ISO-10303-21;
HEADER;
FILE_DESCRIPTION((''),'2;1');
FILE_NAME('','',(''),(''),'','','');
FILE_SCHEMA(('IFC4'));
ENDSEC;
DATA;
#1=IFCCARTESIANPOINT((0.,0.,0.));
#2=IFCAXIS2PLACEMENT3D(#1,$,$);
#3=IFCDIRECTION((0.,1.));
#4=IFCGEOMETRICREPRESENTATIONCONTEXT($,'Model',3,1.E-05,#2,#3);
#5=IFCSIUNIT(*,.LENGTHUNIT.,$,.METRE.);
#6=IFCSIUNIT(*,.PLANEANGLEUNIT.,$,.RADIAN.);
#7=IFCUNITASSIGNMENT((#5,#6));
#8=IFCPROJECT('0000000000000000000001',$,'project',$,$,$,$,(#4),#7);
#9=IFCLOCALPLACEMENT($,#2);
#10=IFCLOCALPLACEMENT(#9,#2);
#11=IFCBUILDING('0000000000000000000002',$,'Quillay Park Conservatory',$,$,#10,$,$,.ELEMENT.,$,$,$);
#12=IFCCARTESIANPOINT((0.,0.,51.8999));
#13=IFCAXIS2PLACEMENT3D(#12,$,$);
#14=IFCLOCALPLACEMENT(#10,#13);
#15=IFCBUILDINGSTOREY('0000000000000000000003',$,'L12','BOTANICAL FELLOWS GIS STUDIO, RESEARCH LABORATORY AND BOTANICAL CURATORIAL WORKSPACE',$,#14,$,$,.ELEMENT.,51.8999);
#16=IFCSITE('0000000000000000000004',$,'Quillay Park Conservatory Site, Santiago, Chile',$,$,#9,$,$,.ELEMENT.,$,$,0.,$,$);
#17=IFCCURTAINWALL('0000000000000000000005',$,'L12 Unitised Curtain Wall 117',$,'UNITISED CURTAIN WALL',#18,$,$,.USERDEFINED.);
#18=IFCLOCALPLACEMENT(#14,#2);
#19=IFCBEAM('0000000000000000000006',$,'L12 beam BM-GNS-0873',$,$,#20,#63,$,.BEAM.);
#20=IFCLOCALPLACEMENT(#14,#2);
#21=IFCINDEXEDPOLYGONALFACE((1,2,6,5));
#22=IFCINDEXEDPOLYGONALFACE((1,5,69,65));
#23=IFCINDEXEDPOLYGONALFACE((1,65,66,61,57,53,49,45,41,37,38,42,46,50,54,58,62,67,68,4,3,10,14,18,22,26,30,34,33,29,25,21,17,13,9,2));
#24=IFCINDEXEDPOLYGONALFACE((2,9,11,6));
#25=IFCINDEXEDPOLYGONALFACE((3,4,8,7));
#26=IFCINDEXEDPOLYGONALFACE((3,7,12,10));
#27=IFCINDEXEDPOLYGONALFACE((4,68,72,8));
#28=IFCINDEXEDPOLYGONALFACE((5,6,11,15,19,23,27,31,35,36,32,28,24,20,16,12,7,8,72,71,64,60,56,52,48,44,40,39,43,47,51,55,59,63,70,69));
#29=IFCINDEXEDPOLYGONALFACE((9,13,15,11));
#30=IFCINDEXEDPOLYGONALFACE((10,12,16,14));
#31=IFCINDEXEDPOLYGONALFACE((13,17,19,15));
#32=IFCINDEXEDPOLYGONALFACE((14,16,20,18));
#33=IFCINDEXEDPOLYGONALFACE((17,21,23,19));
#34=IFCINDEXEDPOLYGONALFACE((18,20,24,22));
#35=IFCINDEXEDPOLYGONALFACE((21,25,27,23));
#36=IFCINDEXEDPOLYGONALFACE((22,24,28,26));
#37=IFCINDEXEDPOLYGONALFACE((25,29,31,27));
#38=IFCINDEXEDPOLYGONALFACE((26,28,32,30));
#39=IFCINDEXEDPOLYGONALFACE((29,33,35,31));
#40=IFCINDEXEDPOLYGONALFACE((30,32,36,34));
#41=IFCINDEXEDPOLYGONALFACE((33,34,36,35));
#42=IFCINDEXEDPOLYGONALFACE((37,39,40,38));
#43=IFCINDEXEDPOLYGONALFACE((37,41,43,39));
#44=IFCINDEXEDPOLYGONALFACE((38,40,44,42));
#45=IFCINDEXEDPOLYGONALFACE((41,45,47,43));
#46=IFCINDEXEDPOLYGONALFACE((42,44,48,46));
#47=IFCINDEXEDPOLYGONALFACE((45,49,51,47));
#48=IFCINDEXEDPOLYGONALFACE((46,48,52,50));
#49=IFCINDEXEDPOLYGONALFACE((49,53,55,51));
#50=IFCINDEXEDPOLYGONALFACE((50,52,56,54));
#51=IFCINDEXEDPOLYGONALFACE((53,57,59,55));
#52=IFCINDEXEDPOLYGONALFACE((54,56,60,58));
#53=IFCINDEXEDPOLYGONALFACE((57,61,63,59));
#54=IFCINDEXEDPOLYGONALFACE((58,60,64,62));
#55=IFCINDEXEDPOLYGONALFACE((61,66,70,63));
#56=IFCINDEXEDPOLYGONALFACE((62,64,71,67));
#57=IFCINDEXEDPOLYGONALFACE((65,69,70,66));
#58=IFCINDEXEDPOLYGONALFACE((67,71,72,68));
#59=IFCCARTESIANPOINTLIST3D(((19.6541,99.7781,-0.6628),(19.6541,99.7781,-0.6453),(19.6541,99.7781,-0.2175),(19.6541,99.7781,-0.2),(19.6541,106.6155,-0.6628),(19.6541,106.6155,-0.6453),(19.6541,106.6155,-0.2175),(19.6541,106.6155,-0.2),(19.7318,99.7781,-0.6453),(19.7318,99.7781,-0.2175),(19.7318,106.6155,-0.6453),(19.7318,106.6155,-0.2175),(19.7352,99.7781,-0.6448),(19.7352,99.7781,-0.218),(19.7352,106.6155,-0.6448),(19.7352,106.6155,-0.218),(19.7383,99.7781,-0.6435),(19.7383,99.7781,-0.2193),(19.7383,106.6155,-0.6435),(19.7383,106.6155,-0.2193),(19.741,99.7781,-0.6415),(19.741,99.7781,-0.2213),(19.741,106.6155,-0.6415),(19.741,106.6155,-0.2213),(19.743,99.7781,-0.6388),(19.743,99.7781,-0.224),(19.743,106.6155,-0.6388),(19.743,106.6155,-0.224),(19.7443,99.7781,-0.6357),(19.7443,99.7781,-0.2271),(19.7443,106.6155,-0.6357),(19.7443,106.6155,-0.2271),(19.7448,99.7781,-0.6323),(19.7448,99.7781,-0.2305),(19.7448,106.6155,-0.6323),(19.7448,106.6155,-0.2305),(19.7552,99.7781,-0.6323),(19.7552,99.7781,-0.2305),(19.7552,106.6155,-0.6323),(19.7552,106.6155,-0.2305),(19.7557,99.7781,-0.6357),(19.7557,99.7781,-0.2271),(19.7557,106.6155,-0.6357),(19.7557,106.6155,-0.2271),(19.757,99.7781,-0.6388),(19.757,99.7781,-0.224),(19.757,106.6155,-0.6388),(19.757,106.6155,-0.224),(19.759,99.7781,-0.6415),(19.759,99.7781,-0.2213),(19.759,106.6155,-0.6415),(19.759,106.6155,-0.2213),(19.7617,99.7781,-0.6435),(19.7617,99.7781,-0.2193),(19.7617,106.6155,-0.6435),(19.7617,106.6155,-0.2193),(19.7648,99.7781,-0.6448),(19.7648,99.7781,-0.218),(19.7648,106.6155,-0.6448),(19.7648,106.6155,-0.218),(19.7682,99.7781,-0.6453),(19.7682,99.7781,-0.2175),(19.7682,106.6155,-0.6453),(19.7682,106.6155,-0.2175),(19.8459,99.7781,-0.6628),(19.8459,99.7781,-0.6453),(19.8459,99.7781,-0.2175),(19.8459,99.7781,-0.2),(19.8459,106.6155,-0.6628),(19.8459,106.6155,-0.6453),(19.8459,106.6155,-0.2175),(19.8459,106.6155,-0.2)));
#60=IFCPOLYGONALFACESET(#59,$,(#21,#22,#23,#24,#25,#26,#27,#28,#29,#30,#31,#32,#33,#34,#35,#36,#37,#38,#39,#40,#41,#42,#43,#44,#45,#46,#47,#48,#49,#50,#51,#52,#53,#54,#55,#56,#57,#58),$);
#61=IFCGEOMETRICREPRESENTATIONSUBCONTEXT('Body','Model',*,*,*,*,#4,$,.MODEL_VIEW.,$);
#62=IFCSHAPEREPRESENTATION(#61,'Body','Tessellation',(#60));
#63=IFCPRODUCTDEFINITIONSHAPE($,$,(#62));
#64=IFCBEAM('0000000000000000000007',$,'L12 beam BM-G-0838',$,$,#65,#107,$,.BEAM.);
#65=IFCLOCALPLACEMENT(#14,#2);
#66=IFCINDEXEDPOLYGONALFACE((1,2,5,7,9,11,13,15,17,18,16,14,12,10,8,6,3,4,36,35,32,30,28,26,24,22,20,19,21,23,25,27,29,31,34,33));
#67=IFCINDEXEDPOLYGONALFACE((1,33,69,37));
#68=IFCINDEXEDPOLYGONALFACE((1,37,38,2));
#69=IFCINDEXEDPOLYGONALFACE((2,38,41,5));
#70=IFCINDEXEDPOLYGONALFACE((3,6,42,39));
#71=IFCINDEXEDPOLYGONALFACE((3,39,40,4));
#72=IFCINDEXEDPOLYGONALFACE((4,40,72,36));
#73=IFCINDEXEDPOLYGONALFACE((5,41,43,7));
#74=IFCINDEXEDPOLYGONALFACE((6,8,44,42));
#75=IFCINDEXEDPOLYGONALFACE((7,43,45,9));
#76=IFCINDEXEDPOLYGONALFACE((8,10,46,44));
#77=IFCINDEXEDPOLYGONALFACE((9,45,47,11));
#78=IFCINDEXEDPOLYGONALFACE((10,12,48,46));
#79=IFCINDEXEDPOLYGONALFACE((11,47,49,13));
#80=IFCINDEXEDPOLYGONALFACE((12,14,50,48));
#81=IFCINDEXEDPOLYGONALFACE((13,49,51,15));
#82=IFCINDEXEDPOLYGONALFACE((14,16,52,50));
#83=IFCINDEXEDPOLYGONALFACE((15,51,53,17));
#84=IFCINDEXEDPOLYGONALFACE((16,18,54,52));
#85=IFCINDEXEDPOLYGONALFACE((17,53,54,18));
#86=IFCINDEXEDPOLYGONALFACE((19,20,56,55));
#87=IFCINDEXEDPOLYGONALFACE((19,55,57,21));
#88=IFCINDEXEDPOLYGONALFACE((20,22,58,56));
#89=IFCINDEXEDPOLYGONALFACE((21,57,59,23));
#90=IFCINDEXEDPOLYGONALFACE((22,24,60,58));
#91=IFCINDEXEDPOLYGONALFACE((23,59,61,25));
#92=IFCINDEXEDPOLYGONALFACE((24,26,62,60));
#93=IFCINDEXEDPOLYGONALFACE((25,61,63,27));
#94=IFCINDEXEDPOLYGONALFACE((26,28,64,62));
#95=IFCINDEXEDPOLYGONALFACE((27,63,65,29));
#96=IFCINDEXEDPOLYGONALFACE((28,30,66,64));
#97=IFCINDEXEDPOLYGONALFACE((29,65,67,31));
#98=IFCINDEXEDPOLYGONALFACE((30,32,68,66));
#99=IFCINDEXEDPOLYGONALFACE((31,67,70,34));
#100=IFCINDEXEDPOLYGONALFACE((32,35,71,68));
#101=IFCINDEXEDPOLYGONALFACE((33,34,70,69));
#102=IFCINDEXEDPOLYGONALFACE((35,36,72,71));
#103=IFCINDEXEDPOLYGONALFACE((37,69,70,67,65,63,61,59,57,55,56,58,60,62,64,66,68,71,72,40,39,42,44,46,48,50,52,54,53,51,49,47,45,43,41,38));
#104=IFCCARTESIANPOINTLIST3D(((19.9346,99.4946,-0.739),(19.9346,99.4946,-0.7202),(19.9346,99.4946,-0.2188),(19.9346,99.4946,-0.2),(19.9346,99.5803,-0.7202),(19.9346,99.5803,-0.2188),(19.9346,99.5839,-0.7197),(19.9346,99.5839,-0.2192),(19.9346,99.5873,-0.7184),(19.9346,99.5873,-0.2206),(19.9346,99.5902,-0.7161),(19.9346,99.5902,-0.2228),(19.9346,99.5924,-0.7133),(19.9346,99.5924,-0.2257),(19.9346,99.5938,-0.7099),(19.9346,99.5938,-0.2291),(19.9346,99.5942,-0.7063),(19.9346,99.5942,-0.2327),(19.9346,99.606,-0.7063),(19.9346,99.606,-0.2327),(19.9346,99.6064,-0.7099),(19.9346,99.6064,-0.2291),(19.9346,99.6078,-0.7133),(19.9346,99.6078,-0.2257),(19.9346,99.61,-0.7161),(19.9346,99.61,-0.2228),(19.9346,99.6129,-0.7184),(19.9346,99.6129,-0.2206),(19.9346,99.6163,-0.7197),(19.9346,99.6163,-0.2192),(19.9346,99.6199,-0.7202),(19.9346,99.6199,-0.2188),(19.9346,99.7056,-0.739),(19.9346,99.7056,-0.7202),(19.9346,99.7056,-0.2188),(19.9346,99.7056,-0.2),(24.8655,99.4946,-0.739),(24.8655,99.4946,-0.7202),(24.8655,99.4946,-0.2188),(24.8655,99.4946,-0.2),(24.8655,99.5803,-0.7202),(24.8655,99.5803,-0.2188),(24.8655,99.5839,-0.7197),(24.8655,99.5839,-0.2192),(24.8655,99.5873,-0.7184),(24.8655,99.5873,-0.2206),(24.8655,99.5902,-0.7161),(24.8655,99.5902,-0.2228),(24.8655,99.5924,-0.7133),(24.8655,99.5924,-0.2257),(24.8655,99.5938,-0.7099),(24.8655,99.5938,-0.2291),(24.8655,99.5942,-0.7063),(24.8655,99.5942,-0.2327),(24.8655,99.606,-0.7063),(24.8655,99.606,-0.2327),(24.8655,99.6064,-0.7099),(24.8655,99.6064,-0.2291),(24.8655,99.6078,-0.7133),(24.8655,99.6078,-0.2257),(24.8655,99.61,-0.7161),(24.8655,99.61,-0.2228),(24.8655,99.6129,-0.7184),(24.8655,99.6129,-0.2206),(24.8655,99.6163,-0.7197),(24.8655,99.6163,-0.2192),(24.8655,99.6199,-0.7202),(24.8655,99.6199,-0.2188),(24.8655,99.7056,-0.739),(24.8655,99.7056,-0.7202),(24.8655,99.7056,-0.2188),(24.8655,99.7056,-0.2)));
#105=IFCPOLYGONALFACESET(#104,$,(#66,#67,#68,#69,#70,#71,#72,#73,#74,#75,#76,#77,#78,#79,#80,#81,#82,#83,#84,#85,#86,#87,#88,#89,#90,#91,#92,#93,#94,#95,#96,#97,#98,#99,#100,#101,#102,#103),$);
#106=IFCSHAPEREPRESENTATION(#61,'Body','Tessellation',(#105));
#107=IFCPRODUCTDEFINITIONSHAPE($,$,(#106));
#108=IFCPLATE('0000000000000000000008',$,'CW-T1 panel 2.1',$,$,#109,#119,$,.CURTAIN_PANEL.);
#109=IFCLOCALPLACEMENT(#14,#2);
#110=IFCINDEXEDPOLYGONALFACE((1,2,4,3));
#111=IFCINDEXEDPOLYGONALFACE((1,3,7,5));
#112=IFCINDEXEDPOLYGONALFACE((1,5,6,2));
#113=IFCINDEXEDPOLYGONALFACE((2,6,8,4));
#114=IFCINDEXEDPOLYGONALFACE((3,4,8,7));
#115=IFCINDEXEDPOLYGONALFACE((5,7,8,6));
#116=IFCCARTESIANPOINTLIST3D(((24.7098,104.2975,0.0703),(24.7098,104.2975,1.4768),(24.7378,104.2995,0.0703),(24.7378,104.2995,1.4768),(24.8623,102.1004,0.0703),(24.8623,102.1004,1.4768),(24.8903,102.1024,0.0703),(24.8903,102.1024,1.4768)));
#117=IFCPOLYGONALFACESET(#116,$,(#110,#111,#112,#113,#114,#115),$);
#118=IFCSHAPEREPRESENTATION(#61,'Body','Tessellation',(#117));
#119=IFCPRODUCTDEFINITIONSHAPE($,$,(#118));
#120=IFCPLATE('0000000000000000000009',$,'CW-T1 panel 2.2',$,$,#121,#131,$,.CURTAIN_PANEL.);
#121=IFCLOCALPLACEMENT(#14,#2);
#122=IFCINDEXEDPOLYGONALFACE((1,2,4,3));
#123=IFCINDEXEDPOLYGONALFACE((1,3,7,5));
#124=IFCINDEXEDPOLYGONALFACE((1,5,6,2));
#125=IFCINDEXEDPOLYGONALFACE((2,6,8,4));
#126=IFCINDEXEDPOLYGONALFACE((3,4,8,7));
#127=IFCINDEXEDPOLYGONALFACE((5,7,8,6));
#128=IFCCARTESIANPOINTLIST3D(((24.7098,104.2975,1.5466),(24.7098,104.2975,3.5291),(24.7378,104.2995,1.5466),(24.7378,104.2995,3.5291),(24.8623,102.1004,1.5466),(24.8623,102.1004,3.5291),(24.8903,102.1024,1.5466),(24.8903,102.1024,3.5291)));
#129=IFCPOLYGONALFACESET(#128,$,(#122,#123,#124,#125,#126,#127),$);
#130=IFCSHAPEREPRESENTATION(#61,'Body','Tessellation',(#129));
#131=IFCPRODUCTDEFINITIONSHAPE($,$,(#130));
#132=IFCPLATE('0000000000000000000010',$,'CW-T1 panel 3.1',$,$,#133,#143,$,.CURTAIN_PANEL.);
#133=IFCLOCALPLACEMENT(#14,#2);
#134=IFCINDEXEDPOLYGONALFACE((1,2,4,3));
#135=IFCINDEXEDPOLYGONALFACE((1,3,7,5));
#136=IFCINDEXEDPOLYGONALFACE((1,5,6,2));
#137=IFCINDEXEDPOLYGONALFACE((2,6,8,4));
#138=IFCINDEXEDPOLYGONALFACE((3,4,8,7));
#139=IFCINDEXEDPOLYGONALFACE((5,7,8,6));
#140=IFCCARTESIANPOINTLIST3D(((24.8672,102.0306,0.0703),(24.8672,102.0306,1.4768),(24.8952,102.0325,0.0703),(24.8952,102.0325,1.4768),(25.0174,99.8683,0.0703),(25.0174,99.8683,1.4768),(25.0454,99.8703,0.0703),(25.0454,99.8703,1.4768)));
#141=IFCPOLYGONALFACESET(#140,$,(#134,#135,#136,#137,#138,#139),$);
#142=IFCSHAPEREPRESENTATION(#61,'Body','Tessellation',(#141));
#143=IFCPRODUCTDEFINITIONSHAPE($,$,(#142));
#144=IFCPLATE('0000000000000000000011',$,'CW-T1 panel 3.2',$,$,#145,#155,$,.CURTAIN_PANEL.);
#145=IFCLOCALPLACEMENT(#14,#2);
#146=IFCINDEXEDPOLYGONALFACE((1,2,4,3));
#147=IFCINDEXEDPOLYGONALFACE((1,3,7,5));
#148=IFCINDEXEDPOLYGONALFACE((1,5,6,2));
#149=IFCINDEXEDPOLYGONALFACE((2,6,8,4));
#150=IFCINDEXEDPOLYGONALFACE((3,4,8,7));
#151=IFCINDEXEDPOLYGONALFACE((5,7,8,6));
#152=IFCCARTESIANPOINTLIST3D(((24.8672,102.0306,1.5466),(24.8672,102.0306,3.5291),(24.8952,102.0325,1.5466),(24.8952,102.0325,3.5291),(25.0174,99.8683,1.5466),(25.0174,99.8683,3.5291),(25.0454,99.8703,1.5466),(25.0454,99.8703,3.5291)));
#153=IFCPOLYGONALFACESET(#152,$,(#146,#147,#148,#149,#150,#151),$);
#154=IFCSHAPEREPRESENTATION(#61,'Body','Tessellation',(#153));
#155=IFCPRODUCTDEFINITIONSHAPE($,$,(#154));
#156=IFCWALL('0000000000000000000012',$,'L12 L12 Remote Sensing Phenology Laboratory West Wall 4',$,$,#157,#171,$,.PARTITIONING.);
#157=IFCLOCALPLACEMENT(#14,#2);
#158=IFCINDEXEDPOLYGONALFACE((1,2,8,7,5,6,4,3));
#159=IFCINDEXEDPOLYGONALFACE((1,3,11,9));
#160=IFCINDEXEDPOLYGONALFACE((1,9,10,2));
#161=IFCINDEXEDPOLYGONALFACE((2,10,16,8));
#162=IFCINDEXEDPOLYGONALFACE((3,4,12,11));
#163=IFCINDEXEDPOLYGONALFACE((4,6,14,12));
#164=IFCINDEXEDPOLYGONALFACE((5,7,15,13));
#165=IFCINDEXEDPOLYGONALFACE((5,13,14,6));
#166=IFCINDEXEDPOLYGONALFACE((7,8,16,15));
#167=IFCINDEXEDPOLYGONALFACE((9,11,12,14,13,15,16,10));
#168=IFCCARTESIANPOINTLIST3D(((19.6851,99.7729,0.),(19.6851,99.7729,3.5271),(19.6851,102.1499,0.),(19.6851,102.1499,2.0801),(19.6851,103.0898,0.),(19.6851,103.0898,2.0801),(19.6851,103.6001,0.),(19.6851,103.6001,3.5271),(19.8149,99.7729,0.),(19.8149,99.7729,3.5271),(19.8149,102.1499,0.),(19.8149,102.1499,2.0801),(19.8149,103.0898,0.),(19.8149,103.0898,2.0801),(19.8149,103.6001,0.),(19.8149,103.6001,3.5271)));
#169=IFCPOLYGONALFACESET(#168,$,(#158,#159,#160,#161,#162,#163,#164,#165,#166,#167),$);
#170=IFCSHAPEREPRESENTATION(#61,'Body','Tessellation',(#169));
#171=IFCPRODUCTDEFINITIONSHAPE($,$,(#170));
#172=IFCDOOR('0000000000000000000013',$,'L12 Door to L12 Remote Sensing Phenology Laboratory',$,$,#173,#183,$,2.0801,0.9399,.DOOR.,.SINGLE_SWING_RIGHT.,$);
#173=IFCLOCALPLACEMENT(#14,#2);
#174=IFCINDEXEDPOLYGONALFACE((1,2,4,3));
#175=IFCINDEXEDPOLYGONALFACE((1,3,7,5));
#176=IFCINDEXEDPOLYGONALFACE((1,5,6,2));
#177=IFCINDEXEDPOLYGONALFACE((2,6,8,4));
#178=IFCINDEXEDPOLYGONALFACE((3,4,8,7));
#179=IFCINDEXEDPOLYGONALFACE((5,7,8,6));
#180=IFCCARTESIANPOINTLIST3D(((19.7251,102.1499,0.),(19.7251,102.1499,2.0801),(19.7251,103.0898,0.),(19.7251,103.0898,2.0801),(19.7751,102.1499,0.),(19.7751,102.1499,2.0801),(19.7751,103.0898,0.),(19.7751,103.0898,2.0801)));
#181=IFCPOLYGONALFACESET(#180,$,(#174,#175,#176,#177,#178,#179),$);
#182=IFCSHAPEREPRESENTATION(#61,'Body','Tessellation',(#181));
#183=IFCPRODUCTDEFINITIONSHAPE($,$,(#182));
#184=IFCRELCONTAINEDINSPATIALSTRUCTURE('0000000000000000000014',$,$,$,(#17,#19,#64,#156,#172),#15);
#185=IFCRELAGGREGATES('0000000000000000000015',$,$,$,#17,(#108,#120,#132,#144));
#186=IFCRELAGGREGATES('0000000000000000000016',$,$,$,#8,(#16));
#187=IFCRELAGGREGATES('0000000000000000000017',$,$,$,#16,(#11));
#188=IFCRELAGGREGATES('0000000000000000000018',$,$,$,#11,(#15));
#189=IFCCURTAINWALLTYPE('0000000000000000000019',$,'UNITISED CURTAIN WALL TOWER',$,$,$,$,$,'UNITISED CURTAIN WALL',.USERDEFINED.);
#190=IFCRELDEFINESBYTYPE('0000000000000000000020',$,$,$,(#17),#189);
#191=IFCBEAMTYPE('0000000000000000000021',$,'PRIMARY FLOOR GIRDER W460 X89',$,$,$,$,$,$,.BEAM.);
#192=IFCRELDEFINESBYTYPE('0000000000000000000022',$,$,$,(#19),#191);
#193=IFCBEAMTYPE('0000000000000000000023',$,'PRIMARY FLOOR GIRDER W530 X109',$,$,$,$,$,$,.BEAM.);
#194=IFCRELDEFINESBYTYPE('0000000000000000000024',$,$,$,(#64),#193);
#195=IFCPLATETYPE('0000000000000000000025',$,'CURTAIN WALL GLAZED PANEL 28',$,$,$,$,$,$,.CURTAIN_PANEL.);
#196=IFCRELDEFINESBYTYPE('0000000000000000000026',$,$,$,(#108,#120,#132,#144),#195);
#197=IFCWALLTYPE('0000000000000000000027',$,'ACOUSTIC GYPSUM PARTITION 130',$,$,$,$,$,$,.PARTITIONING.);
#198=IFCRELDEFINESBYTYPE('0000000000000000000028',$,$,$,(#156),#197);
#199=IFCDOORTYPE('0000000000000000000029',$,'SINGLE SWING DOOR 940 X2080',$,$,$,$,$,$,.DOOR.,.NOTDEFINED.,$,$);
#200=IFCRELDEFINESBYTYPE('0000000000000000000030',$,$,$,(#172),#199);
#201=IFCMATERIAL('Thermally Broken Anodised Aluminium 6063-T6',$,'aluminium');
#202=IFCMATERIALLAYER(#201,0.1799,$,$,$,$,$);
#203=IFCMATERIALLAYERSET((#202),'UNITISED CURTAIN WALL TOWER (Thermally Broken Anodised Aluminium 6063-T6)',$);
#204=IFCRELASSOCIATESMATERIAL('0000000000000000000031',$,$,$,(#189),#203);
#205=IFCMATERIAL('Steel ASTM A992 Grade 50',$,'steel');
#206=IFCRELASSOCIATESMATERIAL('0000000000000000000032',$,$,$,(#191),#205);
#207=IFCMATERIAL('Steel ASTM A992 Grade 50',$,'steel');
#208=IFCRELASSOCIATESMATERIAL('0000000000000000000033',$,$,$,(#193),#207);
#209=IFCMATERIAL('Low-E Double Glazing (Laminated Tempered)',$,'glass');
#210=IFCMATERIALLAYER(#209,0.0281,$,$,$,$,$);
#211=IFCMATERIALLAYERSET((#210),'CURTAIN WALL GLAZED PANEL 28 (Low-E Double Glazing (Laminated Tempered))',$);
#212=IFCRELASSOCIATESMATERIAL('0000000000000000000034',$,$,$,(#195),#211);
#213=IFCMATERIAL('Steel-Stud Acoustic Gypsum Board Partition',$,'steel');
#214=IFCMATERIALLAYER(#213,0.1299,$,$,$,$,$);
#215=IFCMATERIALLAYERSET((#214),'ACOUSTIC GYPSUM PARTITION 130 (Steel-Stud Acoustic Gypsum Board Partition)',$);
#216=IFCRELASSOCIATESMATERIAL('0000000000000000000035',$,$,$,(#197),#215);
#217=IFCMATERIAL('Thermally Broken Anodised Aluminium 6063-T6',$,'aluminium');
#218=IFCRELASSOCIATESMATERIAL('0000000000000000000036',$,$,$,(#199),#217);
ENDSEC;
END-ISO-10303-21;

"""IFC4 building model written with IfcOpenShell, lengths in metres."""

from ifc_helpers import new_model, si_unit, direction, frame, frame_2d, origin, origin_2d, place, context, subcontext, project, spatial, rectangle, i_section, extrude, material, layer, layer_set, material_profile, profile_set, type_object, element, fill, aggregate, save


model = new_model("IFC4")

# Units and contexts
model_context = context("Model", 3, precision=1e-05, world=origin(), true_north=direction((0.0, 1.0)))
body_context = subcontext(model_context, "Body", "Model", "MODEL_VIEW")
ifc_project = project(units=[si_unit("LENGTHUNIT", "METRE"), si_unit("PLANEANGLEUNIT", "RADIAN")], contexts=[model_context])

# Site, building, storey
site_placement = place(None, origin())
site = spatial("IfcSite", under=ifc_project, at=site_placement, Name="Quillay Park Conservatory Site, Santiago, Chile", CompositionType="ELEMENT", RefElevation=0.0)
building_placement = place(site_placement, origin())
building = spatial("IfcBuilding", under=site, at=building_placement, Name="Quillay Park Conservatory", CompositionType="ELEMENT")
storey_placement = place(building_placement, frame((0.0, 0.0, 51.8999)))
storey = spatial("IfcBuildingStorey", under=building, at=storey_placement, Name="L12", Description="BOTANICAL FELLOWS GIS STUDIO, RESEARCH LABORATORY AND BOTANICAL CURATORIAL WORKSPACE", CompositionType="ELEMENT", Elevation=51.8999)

# Shared definitions
ifc_material_1 = material(Name="Thermally Broken Anodised Aluminium 6063-T6", Category="aluminium")
ifc_layer_1 = layer(ifc_material_1, 0.1799)
ifc_layer_set_1 = layer_set([ifc_layer_1], Name="UNITISED CURTAIN WALL TOWER (Thermally Broken Anodised Aluminium 6063-T6)")
curtain_wall_type = type_object("IfcCurtainWallType", Name="UNITISED CURTAIN WALL TOWER", ElementType="UNITISED CURTAIN WALL", PredefinedType="USERDEFINED", material=ifc_layer_set_1)

# Curtain wall
curtain_wall_1_placement = place(storey_placement, origin())
curtain_wall_1 = element("IfcCurtainWall", 1, at=curtain_wall_1_placement, inside=storey, type_object=curtain_wall_type, Name="L12 Unitised Curtain Wall 117", ObjectType="UNITISED CURTAIN WALL", PredefinedType="USERDEFINED")

# Beams
ifc_material_2 = material(Name="Steel ASTM A992 Grade 50", Category="steel")
ifc_material_profile_1 = material_profile(ifc_material_2, i_section(OverallWidth=0.1919, OverallDepth=0.4629, WebThickness=0.0105, FlangeThickness=0.0176, FilletRadius=0.0129, at=origin_2d()), Name="W460x89")
ifc_profile_set_1 = profile_set([ifc_material_profile_1], Name="Steel ASTM A992 Grade 50")
beam_type_1 = type_object("IfcBeamType", Name="PRIMARY FLOOR GIRDER W460 X89", PredefinedType="BEAM", material=ifc_profile_set_1)
beam_1_placement = place(storey_placement, frame((19.75, 99.7781, -0.4314), z_axis=(0.0, 1.0, 0.0), x_axis=(-1.0, 0.0, 0.0)))
element("IfcBeam", 2, at=beam_1_placement, inside=storey, type_object=beam_type_1, Name="L12 beam BM-GNS-0873", PredefinedType="BEAM", context=body_context, shape_type="SweptSolid", body=[
    extrude(i_section(OverallWidth=0.1919, OverallDepth=0.4629, WebThickness=0.0105, FlangeThickness=0.0176, FilletRadius=0.0129, at=origin_2d()), origin(), (0.0, 0.0, 1.0), 6.8374),
])
ifc_material_3 = material(Name="Steel ASTM A992 Grade 50", Category="steel")
ifc_material_profile_2 = material_profile(ifc_material_3, i_section(OverallWidth=0.2109, OverallDepth=0.5391, WebThickness=0.0117, FlangeThickness=0.0188, FilletRadius=0.0139, at=origin_2d()), Name="W530x109")
ifc_profile_set_2 = profile_set([ifc_material_profile_2], Name="Steel ASTM A992 Grade 50")
beam_type_2 = type_object("IfcBeamType", Name="PRIMARY FLOOR GIRDER W530 X109", PredefinedType="BEAM", material=ifc_profile_set_2)
beam_2_placement = place(storey_placement, frame((19.9346, 99.6001, -0.4695), z_axis=(1.0, 0.0, 0.0), x_axis=(0.0, 1.0, 0.0)))
element("IfcBeam", 3, at=beam_2_placement, inside=storey, type_object=beam_type_2, Name="L12 beam BM-G-0838", PredefinedType="BEAM", context=body_context, shape_type="SweptSolid", body=[
    extrude(i_section(OverallWidth=0.2109, OverallDepth=0.5391, WebThickness=0.0117, FlangeThickness=0.0188, FilletRadius=0.0139, at=origin_2d()), origin(), (0.0, 0.0, 1.0), 4.9309),
])

# Plates
ifc_material_4 = material(Name="Low-E Double Glazing (Laminated Tempered)", Category="glass")
ifc_layer_2 = layer(ifc_material_4, 0.0281)
ifc_layer_set_2 = layer_set([ifc_layer_2], Name="CURTAIN WALL GLAZED PANEL 28 (Low-E Double Glazing (Laminated Tempered))")
plate_type = type_object("IfcPlateType", Name="CURTAIN WALL GLAZED PANEL 28", PredefinedType="CURTAIN_PANEL", material=ifc_layer_set_2)
plate_1_placement = place(storey_placement, frame((24.8, 103.2, 0.0703), z_axis=(0.0, 0.0, 1.0), x_axis=(0.069264, -0.997598, 0.0)))
plate_1 = element("IfcPlate", 4, at=plate_1_placement, type_object=plate_type, Name="CW-T1 panel 2.1", PredefinedType="CURTAIN_PANEL", context=body_context, shape_type="SweptSolid", body=[
    extrude(rectangle(XDim=2.2024, YDim=0.0281, at=origin_2d()), origin(), (0.0, 0.0, 1.0), 1.4065),
])
plate_2_placement = place(storey_placement, frame((24.8, 103.2, 1.5466), z_axis=(0.0, 0.0, 1.0), x_axis=(0.069264, -0.997598, 0.0)))
plate_2 = element("IfcPlate", 5, at=plate_2_placement, type_object=plate_type, Name="CW-T1 panel 2.2", PredefinedType="CURTAIN_PANEL", context=body_context, shape_type="SweptSolid", body=[
    extrude(rectangle(XDim=2.2024, YDim=0.0281, at=origin_2d()), origin(), (0.0, 0.0, 1.0), 1.9824),
])
plate_3_placement = place(storey_placement, frame((24.9563, 100.9504, 0.0703), z_axis=(0.0, 0.0, 1.0), x_axis=(0.069264, -0.997598, 0.0)))
plate_3 = element("IfcPlate", 6, at=plate_3_placement, type_object=plate_type, Name="CW-T1 panel 3.1", PredefinedType="CURTAIN_PANEL", context=body_context, shape_type="SweptSolid", body=[
    extrude(rectangle(XDim=2.1675, YDim=0.0281, at=origin_2d()), origin(), (0.0, 0.0, 1.0), 1.4065),
])
plate_4_placement = place(storey_placement, frame((24.9563, 100.9504, 1.5466), z_axis=(0.0, 0.0, 1.0), x_axis=(0.069264, -0.997598, 0.0)))
plate_4 = element("IfcPlate", 7, at=plate_4_placement, type_object=plate_type, Name="CW-T1 panel 3.2", PredefinedType="CURTAIN_PANEL", context=body_context, shape_type="SweptSolid", body=[
    extrude(rectangle(XDim=2.1675, YDim=0.0281, at=origin_2d()), origin(), (0.0, 0.0, 1.0), 1.9824),
])
aggregate(curtain_wall_1, [plate_1, plate_2, plate_3, plate_4])

# Wall, opening, door
ifc_material_5 = material(Name="Steel-Stud Acoustic Gypsum Board Partition", Category="steel")
ifc_layer_3 = layer(ifc_material_5, 0.1299)
ifc_layer_set_3 = layer_set([ifc_layer_3], Name="ACOUSTIC GYPSUM PARTITION 130 (Steel-Stud Acoustic Gypsum Board Partition)")
wall_type_1 = type_object("IfcWallType", Name="ACOUSTIC GYPSUM PARTITION 130", PredefinedType="PARTITIONING", material=ifc_layer_set_3)
wall_1_placement = place(storey_placement, frame((19.75, 99.7729, 0.0), z_axis=(0.0, 0.0, 1.0), x_axis=(0.0, 1.0, 0.0)))
wall_1 = element("IfcWall", 8, at=wall_1_placement, inside=storey, type_object=wall_type_1, Name="L12 L12 Remote Sensing Phenology Laboratory West Wall 4", PredefinedType="PARTITIONING", context=body_context, shape_type="SweptSolid", body=[
    extrude(rectangle(XDim=3.8271, YDim=0.1299, at=frame_2d((1.9136, 0.0))), origin(), (0.0, 0.0, 1.0), 3.5271),
])
opening_placement = place(wall_1_placement, frame((2.377, 0.0, 0.0)))
opening = element("IfcOpeningElement", 9, at=opening_placement, cuts=wall_1, PredefinedType="OPENING", context=body_context, shape_type="SweptSolid", body=[
    extrude(rectangle(XDim=0.9399, YDim=2.0801, at=frame_2d((0.47, 1.04))), frame((0.0, 0.0649, 0.0), z_axis=(0.0, -1.0, 0.0), x_axis=(1.0, 0.0, 0.0)), (0.0, 0.0, 1.0), 0.1299),
])
ifc_material_6 = material(Name="Thermally Broken Anodised Aluminium 6063-T6", Category="aluminium")
door_type = type_object("IfcDoorType", Name="SINGLE SWING DOOR 940 X2080", OperationType="NOTDEFINED", PredefinedType="DOOR", material=ifc_material_6)
door_placement = place(opening_placement, origin())
door = element("IfcDoor", 10, at=door_placement, inside=storey, type_object=door_type, Name="L12 Door to L12 Remote Sensing Phenology Laboratory", OperationType="SINGLE_SWING_RIGHT", OverallHeight=2.0801, OverallWidth=0.9399, PredefinedType="DOOR", context=body_context, shape_type="SweptSolid", body=[
    extrude(rectangle(XDim=0.9399, YDim=2.0801, at=frame_2d((0.47, 1.04))), frame((0.0, 0.0249, 0.0), z_axis=(0.0, -1.0, 0.0), x_axis=(1.0, 0.0, 0.0)), (0.0, 0.0, 1.0), 0.05),
])
fill(opening, door)

save(model, "model.ifc")
